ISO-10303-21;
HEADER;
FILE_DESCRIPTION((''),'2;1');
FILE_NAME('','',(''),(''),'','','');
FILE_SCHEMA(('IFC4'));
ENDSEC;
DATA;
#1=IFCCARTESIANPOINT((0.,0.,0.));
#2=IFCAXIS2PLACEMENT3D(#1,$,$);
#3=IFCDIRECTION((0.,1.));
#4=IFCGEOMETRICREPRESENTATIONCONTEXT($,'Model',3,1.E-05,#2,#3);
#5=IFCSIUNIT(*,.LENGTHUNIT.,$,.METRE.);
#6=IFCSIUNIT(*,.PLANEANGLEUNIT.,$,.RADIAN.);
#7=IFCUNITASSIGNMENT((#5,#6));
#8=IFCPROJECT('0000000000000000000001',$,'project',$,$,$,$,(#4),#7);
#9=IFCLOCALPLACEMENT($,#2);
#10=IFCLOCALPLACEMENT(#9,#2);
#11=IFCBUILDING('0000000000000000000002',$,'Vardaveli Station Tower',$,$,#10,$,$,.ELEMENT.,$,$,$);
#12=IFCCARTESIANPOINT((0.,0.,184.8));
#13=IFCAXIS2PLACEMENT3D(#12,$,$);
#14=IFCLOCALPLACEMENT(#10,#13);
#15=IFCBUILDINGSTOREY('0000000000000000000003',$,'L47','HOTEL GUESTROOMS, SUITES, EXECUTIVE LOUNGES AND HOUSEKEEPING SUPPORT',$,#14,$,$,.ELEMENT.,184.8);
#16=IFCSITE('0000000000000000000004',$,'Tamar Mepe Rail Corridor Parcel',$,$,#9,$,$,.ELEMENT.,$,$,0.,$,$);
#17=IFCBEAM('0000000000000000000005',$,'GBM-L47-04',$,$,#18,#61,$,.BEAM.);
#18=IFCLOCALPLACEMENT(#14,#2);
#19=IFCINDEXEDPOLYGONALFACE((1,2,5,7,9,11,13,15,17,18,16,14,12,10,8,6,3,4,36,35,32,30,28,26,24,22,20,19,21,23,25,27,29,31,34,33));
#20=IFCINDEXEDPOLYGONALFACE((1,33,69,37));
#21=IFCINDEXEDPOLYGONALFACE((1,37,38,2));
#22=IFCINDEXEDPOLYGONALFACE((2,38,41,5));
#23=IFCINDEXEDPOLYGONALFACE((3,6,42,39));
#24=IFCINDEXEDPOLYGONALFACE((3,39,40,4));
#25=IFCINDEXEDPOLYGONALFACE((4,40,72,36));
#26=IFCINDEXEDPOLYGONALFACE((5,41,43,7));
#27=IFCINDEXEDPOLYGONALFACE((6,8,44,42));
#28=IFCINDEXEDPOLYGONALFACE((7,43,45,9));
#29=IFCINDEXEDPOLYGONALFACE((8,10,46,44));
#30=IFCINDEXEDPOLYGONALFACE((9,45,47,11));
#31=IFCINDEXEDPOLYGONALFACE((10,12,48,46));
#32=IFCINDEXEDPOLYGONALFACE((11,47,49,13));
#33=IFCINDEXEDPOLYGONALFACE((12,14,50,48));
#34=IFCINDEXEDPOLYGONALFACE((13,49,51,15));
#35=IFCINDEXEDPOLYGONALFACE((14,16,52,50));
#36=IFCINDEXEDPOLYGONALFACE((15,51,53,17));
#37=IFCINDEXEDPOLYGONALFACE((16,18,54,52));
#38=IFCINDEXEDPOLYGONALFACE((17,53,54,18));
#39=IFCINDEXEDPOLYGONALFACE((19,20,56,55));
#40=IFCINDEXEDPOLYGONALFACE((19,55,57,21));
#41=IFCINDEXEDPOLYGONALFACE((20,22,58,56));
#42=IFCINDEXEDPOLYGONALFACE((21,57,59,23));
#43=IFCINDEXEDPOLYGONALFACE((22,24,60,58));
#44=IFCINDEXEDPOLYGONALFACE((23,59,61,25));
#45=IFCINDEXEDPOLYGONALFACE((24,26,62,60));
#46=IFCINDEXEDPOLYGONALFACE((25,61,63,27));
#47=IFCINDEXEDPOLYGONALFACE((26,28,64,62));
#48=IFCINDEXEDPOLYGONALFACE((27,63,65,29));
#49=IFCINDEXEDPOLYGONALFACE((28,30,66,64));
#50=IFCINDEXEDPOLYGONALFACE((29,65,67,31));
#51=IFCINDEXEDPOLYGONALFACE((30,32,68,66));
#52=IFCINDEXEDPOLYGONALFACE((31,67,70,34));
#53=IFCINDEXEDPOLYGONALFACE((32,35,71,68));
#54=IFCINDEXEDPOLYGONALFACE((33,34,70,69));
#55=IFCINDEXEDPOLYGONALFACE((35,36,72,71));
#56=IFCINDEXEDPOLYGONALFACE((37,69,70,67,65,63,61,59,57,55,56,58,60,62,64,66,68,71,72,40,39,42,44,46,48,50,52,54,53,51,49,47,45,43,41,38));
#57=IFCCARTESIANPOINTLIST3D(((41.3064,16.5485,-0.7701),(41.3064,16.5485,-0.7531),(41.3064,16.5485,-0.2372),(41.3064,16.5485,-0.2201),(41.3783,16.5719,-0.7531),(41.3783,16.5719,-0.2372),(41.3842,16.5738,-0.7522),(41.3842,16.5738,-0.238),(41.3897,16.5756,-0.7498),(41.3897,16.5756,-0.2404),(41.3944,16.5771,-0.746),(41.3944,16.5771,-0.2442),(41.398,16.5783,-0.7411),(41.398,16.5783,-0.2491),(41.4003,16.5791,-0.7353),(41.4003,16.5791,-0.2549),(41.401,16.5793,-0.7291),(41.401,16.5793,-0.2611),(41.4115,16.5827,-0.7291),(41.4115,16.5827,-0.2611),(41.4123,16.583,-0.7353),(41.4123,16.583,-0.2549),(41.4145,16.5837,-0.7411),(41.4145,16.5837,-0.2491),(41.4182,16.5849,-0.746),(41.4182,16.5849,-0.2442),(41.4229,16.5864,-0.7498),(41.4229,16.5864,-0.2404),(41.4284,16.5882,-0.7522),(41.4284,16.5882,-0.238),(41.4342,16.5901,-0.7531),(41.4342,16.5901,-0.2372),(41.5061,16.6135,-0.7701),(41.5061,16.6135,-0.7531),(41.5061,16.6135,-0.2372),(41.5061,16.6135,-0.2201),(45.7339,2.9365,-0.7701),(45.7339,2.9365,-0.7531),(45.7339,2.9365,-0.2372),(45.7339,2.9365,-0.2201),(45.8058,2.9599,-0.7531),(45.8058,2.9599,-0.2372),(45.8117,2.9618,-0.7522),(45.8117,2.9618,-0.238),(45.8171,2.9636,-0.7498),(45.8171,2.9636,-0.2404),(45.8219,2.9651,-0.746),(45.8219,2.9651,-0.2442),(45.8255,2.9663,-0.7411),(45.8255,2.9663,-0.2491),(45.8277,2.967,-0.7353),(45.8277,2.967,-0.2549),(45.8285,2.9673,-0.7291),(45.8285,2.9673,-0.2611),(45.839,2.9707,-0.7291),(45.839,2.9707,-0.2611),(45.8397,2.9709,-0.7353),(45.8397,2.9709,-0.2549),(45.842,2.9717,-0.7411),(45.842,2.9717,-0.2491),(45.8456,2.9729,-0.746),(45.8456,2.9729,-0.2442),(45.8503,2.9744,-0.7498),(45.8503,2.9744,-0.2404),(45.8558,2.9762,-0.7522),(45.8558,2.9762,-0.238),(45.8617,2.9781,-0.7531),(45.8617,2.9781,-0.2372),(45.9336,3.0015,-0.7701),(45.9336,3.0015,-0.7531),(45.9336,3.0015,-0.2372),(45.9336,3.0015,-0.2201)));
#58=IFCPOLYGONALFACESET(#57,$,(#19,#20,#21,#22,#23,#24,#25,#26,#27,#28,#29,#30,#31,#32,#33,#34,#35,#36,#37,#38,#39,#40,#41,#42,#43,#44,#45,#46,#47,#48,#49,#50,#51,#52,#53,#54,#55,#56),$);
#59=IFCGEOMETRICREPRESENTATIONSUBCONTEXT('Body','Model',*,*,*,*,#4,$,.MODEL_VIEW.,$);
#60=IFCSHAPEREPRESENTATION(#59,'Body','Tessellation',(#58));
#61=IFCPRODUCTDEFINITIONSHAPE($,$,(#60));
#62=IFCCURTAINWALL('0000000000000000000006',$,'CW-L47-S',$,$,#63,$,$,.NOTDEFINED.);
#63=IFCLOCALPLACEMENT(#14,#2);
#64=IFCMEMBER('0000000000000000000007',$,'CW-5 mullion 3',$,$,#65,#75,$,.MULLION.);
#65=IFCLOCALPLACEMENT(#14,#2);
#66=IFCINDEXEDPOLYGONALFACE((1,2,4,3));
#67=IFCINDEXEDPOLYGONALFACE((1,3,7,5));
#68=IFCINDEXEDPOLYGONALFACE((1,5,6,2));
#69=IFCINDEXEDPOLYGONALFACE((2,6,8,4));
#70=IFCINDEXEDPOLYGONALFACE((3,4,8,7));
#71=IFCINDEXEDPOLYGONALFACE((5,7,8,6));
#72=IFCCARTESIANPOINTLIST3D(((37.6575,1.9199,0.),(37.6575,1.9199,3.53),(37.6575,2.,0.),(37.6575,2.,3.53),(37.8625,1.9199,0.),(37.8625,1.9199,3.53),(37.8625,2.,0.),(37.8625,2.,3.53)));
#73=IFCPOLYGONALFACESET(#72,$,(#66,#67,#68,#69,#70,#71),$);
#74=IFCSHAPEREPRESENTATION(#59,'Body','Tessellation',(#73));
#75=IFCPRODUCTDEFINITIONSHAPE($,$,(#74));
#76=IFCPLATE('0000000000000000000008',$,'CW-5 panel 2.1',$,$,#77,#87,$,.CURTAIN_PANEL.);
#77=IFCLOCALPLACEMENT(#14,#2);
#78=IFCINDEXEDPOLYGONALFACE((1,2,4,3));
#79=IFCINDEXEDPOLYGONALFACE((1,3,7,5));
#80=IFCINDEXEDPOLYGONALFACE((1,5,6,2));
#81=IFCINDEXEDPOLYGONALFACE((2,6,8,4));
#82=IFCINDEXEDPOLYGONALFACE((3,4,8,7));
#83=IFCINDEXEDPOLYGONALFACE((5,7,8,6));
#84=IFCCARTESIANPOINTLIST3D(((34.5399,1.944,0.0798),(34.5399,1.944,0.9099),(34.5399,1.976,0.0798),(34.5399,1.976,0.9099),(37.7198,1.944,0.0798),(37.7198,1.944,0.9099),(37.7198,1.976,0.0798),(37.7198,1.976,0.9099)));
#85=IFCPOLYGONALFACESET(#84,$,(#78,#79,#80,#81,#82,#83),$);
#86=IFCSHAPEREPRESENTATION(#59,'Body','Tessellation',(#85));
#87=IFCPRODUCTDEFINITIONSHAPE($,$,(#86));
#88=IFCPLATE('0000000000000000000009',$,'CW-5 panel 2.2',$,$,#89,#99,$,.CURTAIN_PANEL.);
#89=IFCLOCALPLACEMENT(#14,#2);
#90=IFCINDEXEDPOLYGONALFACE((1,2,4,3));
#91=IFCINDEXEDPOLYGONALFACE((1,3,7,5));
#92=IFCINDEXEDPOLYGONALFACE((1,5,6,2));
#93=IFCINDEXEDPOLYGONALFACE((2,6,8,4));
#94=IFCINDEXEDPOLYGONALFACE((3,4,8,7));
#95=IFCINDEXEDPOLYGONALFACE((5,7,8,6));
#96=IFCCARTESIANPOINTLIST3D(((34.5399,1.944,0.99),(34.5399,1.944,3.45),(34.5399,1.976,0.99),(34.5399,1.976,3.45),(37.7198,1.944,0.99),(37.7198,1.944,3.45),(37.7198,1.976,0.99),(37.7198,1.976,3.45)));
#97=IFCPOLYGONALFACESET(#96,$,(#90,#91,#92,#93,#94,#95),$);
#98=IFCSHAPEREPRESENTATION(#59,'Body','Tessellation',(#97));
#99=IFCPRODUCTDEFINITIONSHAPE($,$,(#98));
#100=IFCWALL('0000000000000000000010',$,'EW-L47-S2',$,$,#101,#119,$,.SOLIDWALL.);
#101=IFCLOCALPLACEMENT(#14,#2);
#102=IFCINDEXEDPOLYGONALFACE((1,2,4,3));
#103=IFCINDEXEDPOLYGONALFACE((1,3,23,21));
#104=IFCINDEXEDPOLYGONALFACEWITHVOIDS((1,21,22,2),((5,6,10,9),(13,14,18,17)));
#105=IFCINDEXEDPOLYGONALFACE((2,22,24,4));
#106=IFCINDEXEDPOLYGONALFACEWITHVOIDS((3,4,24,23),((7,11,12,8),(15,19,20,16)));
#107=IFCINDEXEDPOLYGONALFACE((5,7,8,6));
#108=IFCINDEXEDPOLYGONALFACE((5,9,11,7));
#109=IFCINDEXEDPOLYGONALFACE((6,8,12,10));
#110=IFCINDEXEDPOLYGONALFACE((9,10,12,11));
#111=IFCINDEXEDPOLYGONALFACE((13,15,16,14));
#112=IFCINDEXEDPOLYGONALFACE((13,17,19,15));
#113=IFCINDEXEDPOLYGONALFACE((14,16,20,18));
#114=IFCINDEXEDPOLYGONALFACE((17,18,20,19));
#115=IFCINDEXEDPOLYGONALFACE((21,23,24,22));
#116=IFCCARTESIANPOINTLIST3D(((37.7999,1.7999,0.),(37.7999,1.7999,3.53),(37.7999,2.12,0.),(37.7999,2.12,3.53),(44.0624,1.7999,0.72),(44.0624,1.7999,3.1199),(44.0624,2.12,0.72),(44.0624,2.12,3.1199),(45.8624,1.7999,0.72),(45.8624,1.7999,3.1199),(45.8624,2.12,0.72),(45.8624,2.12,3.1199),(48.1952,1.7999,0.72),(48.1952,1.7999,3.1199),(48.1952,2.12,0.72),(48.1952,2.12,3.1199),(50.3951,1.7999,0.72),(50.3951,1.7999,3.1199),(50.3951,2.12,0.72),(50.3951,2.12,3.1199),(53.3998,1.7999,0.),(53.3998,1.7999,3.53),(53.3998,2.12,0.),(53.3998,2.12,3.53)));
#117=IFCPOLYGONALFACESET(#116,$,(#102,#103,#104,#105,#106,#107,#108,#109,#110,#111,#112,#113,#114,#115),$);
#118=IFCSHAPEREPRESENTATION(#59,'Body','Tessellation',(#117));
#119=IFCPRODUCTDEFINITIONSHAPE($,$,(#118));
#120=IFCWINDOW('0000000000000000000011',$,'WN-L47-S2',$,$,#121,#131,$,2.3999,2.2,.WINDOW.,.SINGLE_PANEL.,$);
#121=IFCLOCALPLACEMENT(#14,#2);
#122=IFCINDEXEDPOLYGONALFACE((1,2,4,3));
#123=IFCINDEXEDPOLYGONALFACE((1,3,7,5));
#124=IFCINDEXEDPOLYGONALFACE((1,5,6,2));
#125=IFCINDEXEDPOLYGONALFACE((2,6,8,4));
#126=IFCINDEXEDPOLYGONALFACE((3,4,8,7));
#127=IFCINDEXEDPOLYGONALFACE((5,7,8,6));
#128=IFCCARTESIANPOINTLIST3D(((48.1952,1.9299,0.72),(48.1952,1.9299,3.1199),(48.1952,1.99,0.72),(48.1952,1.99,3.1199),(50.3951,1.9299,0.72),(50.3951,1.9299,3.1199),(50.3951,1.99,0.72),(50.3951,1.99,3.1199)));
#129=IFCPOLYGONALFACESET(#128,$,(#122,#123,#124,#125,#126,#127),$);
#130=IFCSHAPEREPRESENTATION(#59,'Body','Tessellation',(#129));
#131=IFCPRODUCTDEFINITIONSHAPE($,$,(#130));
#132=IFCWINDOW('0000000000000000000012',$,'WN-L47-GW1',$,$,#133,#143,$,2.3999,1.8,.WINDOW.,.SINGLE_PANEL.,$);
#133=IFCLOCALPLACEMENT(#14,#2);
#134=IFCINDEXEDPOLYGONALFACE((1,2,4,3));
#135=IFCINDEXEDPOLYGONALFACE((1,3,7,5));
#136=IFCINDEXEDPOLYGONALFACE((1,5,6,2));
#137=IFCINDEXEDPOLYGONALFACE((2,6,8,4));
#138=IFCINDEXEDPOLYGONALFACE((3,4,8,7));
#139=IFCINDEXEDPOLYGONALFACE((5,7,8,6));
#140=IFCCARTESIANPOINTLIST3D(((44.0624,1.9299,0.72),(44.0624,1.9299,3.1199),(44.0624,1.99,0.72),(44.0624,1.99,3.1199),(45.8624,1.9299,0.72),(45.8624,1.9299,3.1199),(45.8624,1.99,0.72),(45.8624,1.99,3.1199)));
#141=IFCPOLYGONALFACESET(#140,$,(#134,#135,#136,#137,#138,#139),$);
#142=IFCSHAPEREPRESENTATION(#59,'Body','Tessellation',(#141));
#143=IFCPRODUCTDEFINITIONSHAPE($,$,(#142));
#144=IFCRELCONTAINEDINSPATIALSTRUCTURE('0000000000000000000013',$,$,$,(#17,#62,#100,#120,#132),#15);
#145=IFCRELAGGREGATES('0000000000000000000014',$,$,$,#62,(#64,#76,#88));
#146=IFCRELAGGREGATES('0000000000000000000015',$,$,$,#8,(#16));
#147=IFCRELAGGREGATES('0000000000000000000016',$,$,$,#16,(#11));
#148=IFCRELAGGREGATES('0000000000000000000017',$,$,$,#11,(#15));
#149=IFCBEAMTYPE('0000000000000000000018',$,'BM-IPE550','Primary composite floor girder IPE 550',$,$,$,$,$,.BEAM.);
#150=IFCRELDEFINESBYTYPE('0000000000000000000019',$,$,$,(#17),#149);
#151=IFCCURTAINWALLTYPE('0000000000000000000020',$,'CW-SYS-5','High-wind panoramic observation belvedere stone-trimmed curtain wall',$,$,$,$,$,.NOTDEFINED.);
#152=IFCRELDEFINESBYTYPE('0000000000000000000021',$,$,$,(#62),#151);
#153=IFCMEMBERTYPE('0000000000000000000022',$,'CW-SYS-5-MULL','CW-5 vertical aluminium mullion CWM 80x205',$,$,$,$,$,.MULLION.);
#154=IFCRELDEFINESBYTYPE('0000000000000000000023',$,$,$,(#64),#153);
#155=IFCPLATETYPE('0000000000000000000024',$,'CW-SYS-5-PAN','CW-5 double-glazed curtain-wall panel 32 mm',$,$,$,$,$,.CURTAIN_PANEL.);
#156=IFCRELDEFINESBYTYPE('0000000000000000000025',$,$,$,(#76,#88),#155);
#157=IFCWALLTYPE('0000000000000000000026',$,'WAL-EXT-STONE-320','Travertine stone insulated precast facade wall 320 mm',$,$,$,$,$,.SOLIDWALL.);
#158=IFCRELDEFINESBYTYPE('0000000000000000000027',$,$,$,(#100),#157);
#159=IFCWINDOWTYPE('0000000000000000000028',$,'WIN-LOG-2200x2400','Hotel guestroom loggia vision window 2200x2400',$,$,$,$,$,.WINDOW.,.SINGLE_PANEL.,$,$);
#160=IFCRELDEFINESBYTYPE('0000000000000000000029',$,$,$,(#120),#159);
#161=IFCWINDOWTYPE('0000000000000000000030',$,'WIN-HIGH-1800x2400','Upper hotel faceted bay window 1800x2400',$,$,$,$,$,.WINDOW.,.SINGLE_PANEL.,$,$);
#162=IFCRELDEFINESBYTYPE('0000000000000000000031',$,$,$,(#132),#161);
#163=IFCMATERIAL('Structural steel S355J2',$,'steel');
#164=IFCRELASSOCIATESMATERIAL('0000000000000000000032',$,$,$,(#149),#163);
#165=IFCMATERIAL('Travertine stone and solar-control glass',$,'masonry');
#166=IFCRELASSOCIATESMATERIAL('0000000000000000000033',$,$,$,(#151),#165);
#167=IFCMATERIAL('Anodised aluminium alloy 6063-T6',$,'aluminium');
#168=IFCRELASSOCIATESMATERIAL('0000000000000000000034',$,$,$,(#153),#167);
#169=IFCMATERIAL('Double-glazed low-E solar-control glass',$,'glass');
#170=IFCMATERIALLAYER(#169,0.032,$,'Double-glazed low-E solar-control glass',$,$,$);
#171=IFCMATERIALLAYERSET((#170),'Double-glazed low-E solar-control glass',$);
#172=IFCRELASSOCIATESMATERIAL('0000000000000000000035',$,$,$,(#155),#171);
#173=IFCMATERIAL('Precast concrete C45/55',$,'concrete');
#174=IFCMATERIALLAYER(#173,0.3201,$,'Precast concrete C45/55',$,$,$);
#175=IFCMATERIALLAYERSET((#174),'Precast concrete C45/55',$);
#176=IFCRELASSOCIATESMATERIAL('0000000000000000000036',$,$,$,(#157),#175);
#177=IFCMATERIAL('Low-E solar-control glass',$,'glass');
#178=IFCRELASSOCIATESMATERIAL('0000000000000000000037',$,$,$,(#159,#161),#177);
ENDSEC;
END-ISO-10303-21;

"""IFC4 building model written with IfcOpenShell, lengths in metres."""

from ifc_helpers import new_model, si_unit, direction, frame, frame_2d, origin, origin_2d, place, context, subcontext, project, spatial, rectangle, i_section, extrude, source, transform, mapped, material, layer, layer_set, material_profile, profile_set, type_object, element, fill, aggregate, save


model = new_model("IFC4")

# Units and contexts
model_context = context("Model", 3, precision=1e-05, world=origin(), true_north=direction((0.0, 1.0)))
body_context = subcontext(model_context, "Body", "Model", "MODEL_VIEW")
ifc_project = project(units=[si_unit("LENGTHUNIT", "METRE"), si_unit("PLANEANGLEUNIT", "RADIAN")], contexts=[model_context])

# Site, building, storey
site_placement = place(None, origin())
site = spatial("IfcSite", under=ifc_project, at=site_placement, Name="Tamar Mepe Rail Corridor Parcel", CompositionType="ELEMENT", RefElevation=0.0)
building_placement = place(site_placement, origin())
building = spatial("IfcBuilding", under=site, at=building_placement, Name="Vardaveli Station Tower", CompositionType="ELEMENT")
storey_placement = place(building_placement, frame((0.0, 0.0, 184.8)))
storey = spatial("IfcBuildingStorey", under=building, at=storey_placement, Name="L47", Description="HOTEL GUESTROOMS, SUITES, EXECUTIVE LOUNGES AND HOUSEKEEPING SUPPORT", CompositionType="ELEMENT", Elevation=184.8)

# Beam
ifc_material_1 = material(Name="Structural steel S355J2", Category="steel")
ifc_material_2 = material(Name="Precast concrete C45/55", Category="concrete")
ifc_material_profile_1 = material_profile(ifc_material_1, i_section(OverallWidth=0.21, OverallDepth=0.55, WebThickness=0.011, FlangeThickness=0.0171, FilletRadius=0.0239, at=origin_2d()), Name="IPE 550")
ifc_profile_set_1 = profile_set([ifc_material_profile_1], Name="Structural steel S355J2")
beam_type_1 = type_object("IfcBeamType", Name="BM-IPE550", Description="Primary composite floor girder IPE 550", PredefinedType="BEAM", material=ifc_profile_set_1)
shared_shape_1 = source(origin(), body_context, "Body", "SweptSolid", [
    extrude(i_section(OverallWidth=0.21, OverallDepth=0.55, WebThickness=0.011, FlangeThickness=0.0171, FilletRadius=0.0239, at=origin_2d()), origin(), (0.0, 0.0, 1.0), 14.314),
])
beam_1_placement = place(storey_placement, frame((45.8337, 2.969, -0.4951), z_axis=(-0.309312, 0.950961, 0.0), x_axis=(-0.950961, -0.309312, 0.0)))
element("IfcBeam", 1, at=beam_1_placement, inside=storey, type_object=beam_type_1, Name="GBM-L47-04", PredefinedType="BEAM", context=body_context, shape_type="MappedRepresentation", body=[
    mapped(shared_shape_1, transform((0.0, 0.0, 0.0), scale=1.0)),
])

# Curtain wall, member, plates
ifc_material_3 = material(Name="Travertine stone and solar-control glass", Category="masonry")
curtain_wall_type = type_object("IfcCurtainWallType", Name="CW-SYS-5", Description="High-wind panoramic observation belvedere stone-trimmed curtain wall", PredefinedType="NOTDEFINED", material=ifc_material_3)
curtain_wall_placement = place(storey_placement, origin())
curtain_wall = element("IfcCurtainWall", 2, at=curtain_wall_placement, inside=storey, type_object=curtain_wall_type, Name="CW-L47-S", PredefinedType="NOTDEFINED")
ifc_material_4 = material(Name="Anodised aluminium alloy 6063-T6", Category="aluminium")
ifc_material_profile_2 = material_profile(ifc_material_4, rectangle(XDim=0.0801, YDim=0.2051, at=origin_2d()), Name="CWM 80x205")
ifc_profile_set_2 = profile_set([ifc_material_profile_2], Name="Anodised aluminium alloy 6063-T6")
member_type = type_object("IfcMemberType", Name="CW-SYS-5-MULL", Description="CW-5 vertical aluminium mullion CWM 80x205", PredefinedType="MULLION", material=ifc_profile_set_2)
shared_shape_2 = source(origin(), body_context, "Body", "SweptSolid", [
    extrude(rectangle(XDim=0.0801, YDim=0.2051, at=origin_2d()), origin(), (0.0, 0.0, 1.0), 3.53),
])
member_placement = place(storey_placement, frame((37.76, 1.96, 0.0), z_axis=(0.0, 0.0, 1.0), x_axis=(0.0, 1.0, 0.0)))
member = element("IfcMember", 3, at=member_placement, type_object=member_type, Name="CW-5 mullion 3", PredefinedType="MULLION", context=body_context, shape_type="MappedRepresentation", body=[
    mapped(shared_shape_2, transform((0.0, 0.0, 0.0), scale=1.0)),
])
ifc_material_5 = material(Name="Double-glazed low-E solar-control glass", Category="glass")
ifc_layer_1 = layer(ifc_material_5, 0.032, Name="Double-glazed low-E solar-control glass")
ifc_layer_set_1 = layer_set([ifc_layer_1], Name="Double-glazed low-E solar-control glass")
plate_type = type_object("IfcPlateType", Name="CW-SYS-5-PAN", Description="CW-5 double-glazed curtain-wall panel 32 mm", PredefinedType="CURTAIN_PANEL", material=ifc_layer_set_1)
shared_shape_3 = source(origin(), body_context, "Body", "SweptSolid", [
    extrude(rectangle(XDim=3.1799, YDim=0.032, at=origin_2d()), origin(), (0.0, 0.0, 1.0), 0.8301),
])
plate_1_placement = place(storey_placement, frame((36.1299, 1.96, 0.0798), z_axis=(0.0, 0.0, 1.0), x_axis=(1.0, 0.0, 0.0)))
plate_1 = element("IfcPlate", 4, at=plate_1_placement, type_object=plate_type, Name="CW-5 panel 2.1", PredefinedType="CURTAIN_PANEL", context=body_context, shape_type="MappedRepresentation", body=[
    mapped(shared_shape_3, transform((0.0, 0.0, 0.0), scale=1.0)),
])
shared_shape_4 = source(origin(), body_context, "Body", "SweptSolid", [
    extrude(rectangle(XDim=3.1799, YDim=0.032, at=origin_2d()), origin(), (0.0, 0.0, 1.0), 2.46),
])
plate_2_placement = place(storey_placement, frame((36.1299, 1.96, 0.99), z_axis=(0.0, 0.0, 1.0), x_axis=(1.0, 0.0, 0.0)))
plate_2 = element("IfcPlate", 5, at=plate_2_placement, type_object=plate_type, Name="CW-5 panel 2.2", PredefinedType="CURTAIN_PANEL", context=body_context, shape_type="MappedRepresentation", body=[
    mapped(shared_shape_4, transform((0.0, 0.0, 0.0), scale=1.0)),
])
aggregate(curtain_wall, [member, plate_1, plate_2])

# Wall, openings, windows
ifc_layer_2 = layer(ifc_material_2, 0.3201, Name="Precast concrete C45/55")
ifc_layer_set_2 = layer_set([ifc_layer_2], Name="Precast concrete C45/55")
wall_type_1 = type_object("IfcWallType", Name="WAL-EXT-STONE-320", Description="Travertine stone insulated precast facade wall 320 mm", PredefinedType="SOLIDWALL", material=ifc_layer_set_2)
shared_shape_5 = source(origin(), body_context, "Body", "SweptSolid", [
    extrude(rectangle(XDim=15.5999, YDim=0.3201, at=frame_2d((7.7998, 0.0))), origin(), (0.0, 0.0, 1.0), 3.53),
])
wall_1_placement = place(storey_placement, frame((37.8, 1.96, 0.0), z_axis=(0.0, 0.0, 1.0), x_axis=(1.0, 0.0, 0.0)))
wall_1 = element("IfcWall", 6, at=wall_1_placement, inside=storey, type_object=wall_type_1, Name="EW-L47-S2", PredefinedType="SOLIDWALL", context=body_context, shape_type="MappedRepresentation", body=[
    mapped(shared_shape_5, transform((0.0, 0.0, 0.0), scale=1.0)),
])
shared_shape_6 = source(origin(), body_context, "Body", "SweptSolid", [
    extrude(rectangle(XDim=2.2, YDim=2.3999, at=frame_2d((1.1001, 1.2))), frame((0.0, 0.1699, 0.0), z_axis=(0.0, -1.0, 0.0), x_axis=(1.0, 0.0, 0.0)), (0.0, 0.0, 1.0), 0.3401),
])
opening_1_placement = place(wall_1_placement, frame((10.395, 0.0, 0.72)))
opening_1 = element("IfcOpeningElement", 7, at=opening_1_placement, cuts=wall_1, PredefinedType="OPENING", context=body_context, shape_type="MappedRepresentation", body=[
    mapped(shared_shape_6, transform((0.0, 0.0, 0.0), scale=1.0)),
])
shared_shape_7 = source(origin(), body_context, "Body", "SweptSolid", [
    extrude(rectangle(XDim=1.8, YDim=2.3999, at=frame_2d((0.8999, 1.2))), frame((0.0, 0.1699, 0.0), z_axis=(0.0, -1.0, 0.0), x_axis=(1.0, 0.0, 0.0)), (0.0, 0.0, 1.0), 0.3401),
])
opening_2_placement = place(wall_1_placement, frame((6.2625, 0.0, 0.72)))
opening_2 = element("IfcOpeningElement", 8, at=opening_2_placement, cuts=wall_1, PredefinedType="OPENING", context=body_context, shape_type="MappedRepresentation", body=[
    mapped(shared_shape_7, transform((0.0, 0.0, 0.0), scale=1.0)),
])
ifc_material_6 = material(Name="Low-E solar-control glass", Category="glass")
window_type_1 = type_object("IfcWindowType", Name="WIN-LOG-2200x2400", Description="Hotel guestroom loggia vision window 2200x2400", PartitioningType="SINGLE_PANEL", PredefinedType="WINDOW", material=ifc_material_6)
shared_shape_8 = source(origin(), body_context, "Body", "SweptSolid", [
    extrude(rectangle(XDim=2.2, YDim=2.3999, at=frame_2d((1.1001, 1.2))), frame((0.0, 0.03, 0.0), z_axis=(0.0, -1.0, 0.0), x_axis=(1.0, 0.0, 0.0)), (0.0, 0.0, 1.0), 0.0601),
])
window_1_placement = place(opening_1_placement, origin())
window_1 = element("IfcWindow", 9, at=window_1_placement, inside=storey, type_object=window_type_1, Name="WN-L47-S2", OverallHeight=2.3999, OverallWidth=2.2, PartitioningType="SINGLE_PANEL", PredefinedType="WINDOW", context=body_context, shape_type="MappedRepresentation", body=[
    mapped(shared_shape_8, transform((0.0, 0.0, 0.0), scale=1.0)),
])
fill(opening_1, window_1)
window_type_2 = type_object("IfcWindowType", Name="WIN-HIGH-1800x2400", Description="Upper hotel faceted bay window 1800x2400", PartitioningType="SINGLE_PANEL", PredefinedType="WINDOW", material=ifc_material_6)
shared_shape_9 = source(origin(), body_context, "Body", "SweptSolid", [
    extrude(rectangle(XDim=1.8, YDim=2.3999, at=frame_2d((0.8999, 1.2))), frame((0.0, 0.03, 0.0), z_axis=(0.0, -1.0, 0.0), x_axis=(1.0, 0.0, 0.0)), (0.0, 0.0, 1.0), 0.0601),
])
window_2_placement = place(opening_2_placement, origin())
window_2 = element("IfcWindow", 10, at=window_2_placement, inside=storey, type_object=window_type_2, Name="WN-L47-GW1", OverallHeight=2.3999, OverallWidth=1.8, PartitioningType="SINGLE_PANEL", PredefinedType="WINDOW", context=body_context, shape_type="MappedRepresentation", body=[
    mapped(shared_shape_9, transform((0.0, 0.0, 0.0), scale=1.0)),
])
fill(opening_2, window_2)

save(model, "model.ifc")
